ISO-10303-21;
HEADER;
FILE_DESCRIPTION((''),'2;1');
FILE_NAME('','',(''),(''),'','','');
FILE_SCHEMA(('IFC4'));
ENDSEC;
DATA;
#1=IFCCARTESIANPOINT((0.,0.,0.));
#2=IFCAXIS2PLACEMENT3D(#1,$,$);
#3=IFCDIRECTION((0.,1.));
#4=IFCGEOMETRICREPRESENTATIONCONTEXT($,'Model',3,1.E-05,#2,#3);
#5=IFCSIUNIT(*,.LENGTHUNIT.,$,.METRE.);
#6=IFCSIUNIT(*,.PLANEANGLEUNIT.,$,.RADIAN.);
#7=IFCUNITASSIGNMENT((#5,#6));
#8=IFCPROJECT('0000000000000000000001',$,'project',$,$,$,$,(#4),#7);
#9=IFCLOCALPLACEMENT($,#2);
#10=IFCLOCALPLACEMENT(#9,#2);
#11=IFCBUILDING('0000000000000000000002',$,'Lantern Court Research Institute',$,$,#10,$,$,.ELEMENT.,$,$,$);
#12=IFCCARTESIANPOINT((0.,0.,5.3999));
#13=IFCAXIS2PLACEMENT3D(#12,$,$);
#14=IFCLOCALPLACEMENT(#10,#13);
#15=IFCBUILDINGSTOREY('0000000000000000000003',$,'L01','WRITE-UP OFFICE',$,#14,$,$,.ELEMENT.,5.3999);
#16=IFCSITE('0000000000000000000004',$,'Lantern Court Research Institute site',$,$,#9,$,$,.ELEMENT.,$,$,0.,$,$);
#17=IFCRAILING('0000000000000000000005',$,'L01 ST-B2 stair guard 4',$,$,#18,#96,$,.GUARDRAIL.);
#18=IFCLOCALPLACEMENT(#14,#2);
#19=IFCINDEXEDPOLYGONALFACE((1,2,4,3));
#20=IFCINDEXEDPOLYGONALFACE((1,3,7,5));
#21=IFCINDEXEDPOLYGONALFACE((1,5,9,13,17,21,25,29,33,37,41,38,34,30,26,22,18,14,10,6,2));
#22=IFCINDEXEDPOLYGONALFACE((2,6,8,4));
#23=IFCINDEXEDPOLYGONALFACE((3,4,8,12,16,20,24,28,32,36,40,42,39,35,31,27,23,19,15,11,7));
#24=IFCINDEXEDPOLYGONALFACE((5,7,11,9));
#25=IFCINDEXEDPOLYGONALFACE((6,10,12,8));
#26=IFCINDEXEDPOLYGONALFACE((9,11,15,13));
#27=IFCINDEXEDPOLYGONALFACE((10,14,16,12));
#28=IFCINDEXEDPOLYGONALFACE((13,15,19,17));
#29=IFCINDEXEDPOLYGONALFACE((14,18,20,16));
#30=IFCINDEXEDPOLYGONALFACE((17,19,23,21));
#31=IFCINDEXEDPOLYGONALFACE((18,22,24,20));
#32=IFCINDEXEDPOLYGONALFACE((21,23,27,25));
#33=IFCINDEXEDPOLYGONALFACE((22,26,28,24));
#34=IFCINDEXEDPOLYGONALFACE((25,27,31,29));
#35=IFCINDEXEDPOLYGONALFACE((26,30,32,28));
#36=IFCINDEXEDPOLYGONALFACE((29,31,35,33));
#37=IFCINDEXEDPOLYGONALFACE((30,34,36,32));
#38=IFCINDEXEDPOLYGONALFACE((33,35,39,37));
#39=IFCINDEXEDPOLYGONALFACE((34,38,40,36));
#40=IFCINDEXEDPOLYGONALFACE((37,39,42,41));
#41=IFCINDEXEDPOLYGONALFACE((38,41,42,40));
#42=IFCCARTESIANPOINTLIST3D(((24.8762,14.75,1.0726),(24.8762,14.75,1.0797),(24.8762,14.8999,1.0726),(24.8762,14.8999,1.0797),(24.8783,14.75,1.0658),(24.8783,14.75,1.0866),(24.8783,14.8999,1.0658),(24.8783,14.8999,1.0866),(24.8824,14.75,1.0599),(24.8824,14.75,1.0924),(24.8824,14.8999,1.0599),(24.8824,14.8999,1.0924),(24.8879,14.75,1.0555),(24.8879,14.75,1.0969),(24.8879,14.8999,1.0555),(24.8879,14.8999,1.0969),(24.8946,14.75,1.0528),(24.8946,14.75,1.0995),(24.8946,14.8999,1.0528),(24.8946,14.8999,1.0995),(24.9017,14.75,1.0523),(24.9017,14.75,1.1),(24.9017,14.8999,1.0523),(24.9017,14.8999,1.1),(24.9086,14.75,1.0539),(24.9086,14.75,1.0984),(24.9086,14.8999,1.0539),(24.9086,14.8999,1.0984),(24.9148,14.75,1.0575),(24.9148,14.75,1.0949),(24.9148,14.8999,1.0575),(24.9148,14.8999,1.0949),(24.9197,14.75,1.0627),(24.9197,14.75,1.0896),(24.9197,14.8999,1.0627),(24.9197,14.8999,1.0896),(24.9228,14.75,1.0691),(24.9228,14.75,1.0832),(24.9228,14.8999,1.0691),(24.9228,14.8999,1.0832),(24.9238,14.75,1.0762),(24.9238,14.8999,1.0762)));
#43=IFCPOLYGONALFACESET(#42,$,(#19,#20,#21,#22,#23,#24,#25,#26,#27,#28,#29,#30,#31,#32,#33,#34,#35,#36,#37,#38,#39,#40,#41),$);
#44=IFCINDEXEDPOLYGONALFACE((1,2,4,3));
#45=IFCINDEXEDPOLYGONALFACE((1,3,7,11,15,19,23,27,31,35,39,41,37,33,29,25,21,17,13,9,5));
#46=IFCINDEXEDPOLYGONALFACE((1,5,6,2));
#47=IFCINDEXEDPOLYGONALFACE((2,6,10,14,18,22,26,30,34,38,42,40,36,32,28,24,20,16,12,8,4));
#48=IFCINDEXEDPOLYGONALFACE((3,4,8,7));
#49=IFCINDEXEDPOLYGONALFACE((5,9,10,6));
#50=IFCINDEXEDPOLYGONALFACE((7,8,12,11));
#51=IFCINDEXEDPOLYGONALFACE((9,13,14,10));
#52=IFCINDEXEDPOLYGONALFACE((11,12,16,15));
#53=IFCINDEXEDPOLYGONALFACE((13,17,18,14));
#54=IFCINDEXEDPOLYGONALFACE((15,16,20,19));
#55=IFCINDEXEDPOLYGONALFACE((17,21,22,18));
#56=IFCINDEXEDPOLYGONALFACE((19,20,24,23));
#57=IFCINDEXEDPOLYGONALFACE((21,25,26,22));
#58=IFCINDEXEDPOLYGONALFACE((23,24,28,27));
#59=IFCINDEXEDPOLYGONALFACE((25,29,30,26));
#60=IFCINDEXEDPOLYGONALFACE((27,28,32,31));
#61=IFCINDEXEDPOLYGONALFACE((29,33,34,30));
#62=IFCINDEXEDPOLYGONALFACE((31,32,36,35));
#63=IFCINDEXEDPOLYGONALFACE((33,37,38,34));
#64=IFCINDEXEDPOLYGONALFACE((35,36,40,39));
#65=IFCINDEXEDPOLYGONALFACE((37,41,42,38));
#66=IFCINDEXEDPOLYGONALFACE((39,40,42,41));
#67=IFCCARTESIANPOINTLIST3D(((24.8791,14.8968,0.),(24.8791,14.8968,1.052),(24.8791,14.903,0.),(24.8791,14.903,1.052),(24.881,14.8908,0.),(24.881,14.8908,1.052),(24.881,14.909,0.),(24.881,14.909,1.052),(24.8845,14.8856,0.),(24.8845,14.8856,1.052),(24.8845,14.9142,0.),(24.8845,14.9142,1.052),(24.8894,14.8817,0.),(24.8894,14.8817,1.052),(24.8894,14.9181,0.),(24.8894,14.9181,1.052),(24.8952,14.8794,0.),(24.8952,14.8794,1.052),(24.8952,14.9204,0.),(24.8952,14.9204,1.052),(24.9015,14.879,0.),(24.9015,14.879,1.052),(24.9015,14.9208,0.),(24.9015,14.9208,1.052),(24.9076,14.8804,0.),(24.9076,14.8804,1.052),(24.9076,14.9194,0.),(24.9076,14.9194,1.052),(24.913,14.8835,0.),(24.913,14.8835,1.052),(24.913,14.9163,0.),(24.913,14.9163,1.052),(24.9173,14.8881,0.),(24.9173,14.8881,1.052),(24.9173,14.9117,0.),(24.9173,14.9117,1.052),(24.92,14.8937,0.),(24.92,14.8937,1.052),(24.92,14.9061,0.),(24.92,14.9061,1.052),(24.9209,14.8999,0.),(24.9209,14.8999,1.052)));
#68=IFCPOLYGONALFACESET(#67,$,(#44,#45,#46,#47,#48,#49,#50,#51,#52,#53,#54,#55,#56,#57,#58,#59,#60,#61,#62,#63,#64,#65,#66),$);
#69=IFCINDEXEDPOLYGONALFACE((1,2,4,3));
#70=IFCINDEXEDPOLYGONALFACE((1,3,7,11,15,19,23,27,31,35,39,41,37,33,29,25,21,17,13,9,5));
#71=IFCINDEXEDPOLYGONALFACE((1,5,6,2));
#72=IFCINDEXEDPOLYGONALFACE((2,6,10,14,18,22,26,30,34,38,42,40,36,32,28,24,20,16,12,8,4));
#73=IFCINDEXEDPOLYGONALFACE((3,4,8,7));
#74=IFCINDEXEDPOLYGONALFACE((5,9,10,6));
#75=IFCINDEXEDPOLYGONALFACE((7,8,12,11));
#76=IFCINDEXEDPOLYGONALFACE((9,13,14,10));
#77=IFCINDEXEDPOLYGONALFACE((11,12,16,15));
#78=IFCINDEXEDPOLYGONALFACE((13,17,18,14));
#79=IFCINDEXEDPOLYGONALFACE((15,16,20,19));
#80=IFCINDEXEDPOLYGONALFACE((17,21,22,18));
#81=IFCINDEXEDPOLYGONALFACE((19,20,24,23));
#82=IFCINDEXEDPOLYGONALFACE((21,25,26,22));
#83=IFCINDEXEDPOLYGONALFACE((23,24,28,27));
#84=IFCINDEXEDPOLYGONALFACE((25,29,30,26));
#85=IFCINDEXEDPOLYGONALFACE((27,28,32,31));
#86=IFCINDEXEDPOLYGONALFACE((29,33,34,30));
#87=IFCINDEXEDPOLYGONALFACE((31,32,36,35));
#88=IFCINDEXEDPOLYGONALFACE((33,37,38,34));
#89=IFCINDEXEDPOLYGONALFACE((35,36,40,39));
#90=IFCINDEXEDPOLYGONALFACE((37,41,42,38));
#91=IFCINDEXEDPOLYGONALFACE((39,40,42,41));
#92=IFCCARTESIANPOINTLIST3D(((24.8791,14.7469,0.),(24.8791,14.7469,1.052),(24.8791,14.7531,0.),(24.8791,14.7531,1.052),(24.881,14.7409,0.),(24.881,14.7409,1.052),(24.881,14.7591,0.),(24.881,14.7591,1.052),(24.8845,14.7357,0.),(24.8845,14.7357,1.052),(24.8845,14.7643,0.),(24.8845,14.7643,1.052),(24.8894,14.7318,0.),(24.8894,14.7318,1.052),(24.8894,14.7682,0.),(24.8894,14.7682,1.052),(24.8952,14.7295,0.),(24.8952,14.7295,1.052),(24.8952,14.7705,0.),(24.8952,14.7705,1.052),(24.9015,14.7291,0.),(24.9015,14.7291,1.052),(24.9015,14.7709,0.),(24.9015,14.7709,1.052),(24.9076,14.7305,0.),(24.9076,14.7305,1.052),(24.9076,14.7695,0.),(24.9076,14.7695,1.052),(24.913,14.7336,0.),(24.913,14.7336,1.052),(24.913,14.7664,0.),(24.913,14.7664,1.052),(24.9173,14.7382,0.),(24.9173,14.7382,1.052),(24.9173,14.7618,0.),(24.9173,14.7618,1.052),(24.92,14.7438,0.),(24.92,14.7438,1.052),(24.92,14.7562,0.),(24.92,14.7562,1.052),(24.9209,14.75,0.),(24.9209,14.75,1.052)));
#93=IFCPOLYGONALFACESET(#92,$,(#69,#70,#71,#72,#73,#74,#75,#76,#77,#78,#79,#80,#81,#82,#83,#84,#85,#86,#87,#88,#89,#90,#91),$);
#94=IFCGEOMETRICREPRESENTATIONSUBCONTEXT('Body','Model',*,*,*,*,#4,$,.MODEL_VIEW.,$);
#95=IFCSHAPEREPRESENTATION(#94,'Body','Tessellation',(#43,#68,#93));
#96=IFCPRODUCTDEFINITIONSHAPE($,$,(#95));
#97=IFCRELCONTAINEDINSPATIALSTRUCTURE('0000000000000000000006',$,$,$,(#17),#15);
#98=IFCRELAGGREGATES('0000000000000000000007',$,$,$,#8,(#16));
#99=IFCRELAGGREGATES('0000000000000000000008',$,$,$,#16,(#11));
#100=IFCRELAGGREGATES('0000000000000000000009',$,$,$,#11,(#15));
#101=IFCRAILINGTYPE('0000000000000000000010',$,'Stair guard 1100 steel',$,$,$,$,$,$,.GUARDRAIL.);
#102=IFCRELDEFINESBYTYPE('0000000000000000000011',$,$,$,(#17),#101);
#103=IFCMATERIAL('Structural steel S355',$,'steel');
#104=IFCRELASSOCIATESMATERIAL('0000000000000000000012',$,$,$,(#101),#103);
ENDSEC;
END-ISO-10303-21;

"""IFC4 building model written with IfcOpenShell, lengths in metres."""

from ifc_helpers import new_model, si_unit, direction, frame, origin, origin_2d, place, context, subcontext, project, spatial, circle, extrude, material, type_object, element, save


model = new_model("IFC4")

# Units and contexts
model_context = context("Model", 3, precision=1e-05, world=origin(), true_north=direction((0.0, 1.0)))
body_context = subcontext(model_context, "Body", "Model", "MODEL_VIEW")
ifc_project = project(units=[si_unit("LENGTHUNIT", "METRE"), si_unit("PLANEANGLEUNIT", "RADIAN")], contexts=[model_context])

# Site, building, storey
site_placement = place(None, origin())
site = spatial("IfcSite", under=ifc_project, at=site_placement, Name="Lantern Court Research Institute site", CompositionType="ELEMENT", RefElevation=0.0)
building_placement = place(site_placement, origin())
building = spatial("IfcBuilding", under=site, at=building_placement, Name="Lantern Court Research Institute", CompositionType="ELEMENT")
storey_placement = place(building_placement, frame((0.0, 0.0, 5.3999)))
storey = spatial("IfcBuildingStorey", under=building, at=storey_placement, Name="L01", Description="WRITE-UP OFFICE", CompositionType="ELEMENT", Elevation=5.3999)

# Railing
ifc_material_1 = material(Name="Structural steel S355", Category="steel")
railing_type_1 = type_object("IfcRailingType", Name="Stair guard 1100 steel", PredefinedType="GUARDRAIL", material=ifc_material_1)
railing_1_placement = place(storey_placement, frame((24.8999, 14.8999, 0.0)))
element("IfcRailing", 1, at=railing_1_placement, inside=storey, type_object=railing_type_1, Name="L01 ST-B2 stair guard 4", PredefinedType="GUARDRAIL", context=body_context, shape_type="SweptSolid", body=[
    extrude(circle(Radius=0.0239, at=origin_2d()), frame((0.0, 0.0, 1.0762), z_axis=(0.0, -1.0, 0.0), x_axis=(1.0, 0.0, 0.0)), (0.0, 0.0, 1.0), 0.1499),
    extrude(circle(Radius=0.021, at=origin_2d()), origin(), (0.0, 0.0, 1.0), 1.052),
    extrude(circle(Radius=0.021, at=origin_2d()), frame((0.0, -0.1499, 0.0)), (0.0, 0.0, 1.0), 1.052),
])

save(model, "model.ifc")
